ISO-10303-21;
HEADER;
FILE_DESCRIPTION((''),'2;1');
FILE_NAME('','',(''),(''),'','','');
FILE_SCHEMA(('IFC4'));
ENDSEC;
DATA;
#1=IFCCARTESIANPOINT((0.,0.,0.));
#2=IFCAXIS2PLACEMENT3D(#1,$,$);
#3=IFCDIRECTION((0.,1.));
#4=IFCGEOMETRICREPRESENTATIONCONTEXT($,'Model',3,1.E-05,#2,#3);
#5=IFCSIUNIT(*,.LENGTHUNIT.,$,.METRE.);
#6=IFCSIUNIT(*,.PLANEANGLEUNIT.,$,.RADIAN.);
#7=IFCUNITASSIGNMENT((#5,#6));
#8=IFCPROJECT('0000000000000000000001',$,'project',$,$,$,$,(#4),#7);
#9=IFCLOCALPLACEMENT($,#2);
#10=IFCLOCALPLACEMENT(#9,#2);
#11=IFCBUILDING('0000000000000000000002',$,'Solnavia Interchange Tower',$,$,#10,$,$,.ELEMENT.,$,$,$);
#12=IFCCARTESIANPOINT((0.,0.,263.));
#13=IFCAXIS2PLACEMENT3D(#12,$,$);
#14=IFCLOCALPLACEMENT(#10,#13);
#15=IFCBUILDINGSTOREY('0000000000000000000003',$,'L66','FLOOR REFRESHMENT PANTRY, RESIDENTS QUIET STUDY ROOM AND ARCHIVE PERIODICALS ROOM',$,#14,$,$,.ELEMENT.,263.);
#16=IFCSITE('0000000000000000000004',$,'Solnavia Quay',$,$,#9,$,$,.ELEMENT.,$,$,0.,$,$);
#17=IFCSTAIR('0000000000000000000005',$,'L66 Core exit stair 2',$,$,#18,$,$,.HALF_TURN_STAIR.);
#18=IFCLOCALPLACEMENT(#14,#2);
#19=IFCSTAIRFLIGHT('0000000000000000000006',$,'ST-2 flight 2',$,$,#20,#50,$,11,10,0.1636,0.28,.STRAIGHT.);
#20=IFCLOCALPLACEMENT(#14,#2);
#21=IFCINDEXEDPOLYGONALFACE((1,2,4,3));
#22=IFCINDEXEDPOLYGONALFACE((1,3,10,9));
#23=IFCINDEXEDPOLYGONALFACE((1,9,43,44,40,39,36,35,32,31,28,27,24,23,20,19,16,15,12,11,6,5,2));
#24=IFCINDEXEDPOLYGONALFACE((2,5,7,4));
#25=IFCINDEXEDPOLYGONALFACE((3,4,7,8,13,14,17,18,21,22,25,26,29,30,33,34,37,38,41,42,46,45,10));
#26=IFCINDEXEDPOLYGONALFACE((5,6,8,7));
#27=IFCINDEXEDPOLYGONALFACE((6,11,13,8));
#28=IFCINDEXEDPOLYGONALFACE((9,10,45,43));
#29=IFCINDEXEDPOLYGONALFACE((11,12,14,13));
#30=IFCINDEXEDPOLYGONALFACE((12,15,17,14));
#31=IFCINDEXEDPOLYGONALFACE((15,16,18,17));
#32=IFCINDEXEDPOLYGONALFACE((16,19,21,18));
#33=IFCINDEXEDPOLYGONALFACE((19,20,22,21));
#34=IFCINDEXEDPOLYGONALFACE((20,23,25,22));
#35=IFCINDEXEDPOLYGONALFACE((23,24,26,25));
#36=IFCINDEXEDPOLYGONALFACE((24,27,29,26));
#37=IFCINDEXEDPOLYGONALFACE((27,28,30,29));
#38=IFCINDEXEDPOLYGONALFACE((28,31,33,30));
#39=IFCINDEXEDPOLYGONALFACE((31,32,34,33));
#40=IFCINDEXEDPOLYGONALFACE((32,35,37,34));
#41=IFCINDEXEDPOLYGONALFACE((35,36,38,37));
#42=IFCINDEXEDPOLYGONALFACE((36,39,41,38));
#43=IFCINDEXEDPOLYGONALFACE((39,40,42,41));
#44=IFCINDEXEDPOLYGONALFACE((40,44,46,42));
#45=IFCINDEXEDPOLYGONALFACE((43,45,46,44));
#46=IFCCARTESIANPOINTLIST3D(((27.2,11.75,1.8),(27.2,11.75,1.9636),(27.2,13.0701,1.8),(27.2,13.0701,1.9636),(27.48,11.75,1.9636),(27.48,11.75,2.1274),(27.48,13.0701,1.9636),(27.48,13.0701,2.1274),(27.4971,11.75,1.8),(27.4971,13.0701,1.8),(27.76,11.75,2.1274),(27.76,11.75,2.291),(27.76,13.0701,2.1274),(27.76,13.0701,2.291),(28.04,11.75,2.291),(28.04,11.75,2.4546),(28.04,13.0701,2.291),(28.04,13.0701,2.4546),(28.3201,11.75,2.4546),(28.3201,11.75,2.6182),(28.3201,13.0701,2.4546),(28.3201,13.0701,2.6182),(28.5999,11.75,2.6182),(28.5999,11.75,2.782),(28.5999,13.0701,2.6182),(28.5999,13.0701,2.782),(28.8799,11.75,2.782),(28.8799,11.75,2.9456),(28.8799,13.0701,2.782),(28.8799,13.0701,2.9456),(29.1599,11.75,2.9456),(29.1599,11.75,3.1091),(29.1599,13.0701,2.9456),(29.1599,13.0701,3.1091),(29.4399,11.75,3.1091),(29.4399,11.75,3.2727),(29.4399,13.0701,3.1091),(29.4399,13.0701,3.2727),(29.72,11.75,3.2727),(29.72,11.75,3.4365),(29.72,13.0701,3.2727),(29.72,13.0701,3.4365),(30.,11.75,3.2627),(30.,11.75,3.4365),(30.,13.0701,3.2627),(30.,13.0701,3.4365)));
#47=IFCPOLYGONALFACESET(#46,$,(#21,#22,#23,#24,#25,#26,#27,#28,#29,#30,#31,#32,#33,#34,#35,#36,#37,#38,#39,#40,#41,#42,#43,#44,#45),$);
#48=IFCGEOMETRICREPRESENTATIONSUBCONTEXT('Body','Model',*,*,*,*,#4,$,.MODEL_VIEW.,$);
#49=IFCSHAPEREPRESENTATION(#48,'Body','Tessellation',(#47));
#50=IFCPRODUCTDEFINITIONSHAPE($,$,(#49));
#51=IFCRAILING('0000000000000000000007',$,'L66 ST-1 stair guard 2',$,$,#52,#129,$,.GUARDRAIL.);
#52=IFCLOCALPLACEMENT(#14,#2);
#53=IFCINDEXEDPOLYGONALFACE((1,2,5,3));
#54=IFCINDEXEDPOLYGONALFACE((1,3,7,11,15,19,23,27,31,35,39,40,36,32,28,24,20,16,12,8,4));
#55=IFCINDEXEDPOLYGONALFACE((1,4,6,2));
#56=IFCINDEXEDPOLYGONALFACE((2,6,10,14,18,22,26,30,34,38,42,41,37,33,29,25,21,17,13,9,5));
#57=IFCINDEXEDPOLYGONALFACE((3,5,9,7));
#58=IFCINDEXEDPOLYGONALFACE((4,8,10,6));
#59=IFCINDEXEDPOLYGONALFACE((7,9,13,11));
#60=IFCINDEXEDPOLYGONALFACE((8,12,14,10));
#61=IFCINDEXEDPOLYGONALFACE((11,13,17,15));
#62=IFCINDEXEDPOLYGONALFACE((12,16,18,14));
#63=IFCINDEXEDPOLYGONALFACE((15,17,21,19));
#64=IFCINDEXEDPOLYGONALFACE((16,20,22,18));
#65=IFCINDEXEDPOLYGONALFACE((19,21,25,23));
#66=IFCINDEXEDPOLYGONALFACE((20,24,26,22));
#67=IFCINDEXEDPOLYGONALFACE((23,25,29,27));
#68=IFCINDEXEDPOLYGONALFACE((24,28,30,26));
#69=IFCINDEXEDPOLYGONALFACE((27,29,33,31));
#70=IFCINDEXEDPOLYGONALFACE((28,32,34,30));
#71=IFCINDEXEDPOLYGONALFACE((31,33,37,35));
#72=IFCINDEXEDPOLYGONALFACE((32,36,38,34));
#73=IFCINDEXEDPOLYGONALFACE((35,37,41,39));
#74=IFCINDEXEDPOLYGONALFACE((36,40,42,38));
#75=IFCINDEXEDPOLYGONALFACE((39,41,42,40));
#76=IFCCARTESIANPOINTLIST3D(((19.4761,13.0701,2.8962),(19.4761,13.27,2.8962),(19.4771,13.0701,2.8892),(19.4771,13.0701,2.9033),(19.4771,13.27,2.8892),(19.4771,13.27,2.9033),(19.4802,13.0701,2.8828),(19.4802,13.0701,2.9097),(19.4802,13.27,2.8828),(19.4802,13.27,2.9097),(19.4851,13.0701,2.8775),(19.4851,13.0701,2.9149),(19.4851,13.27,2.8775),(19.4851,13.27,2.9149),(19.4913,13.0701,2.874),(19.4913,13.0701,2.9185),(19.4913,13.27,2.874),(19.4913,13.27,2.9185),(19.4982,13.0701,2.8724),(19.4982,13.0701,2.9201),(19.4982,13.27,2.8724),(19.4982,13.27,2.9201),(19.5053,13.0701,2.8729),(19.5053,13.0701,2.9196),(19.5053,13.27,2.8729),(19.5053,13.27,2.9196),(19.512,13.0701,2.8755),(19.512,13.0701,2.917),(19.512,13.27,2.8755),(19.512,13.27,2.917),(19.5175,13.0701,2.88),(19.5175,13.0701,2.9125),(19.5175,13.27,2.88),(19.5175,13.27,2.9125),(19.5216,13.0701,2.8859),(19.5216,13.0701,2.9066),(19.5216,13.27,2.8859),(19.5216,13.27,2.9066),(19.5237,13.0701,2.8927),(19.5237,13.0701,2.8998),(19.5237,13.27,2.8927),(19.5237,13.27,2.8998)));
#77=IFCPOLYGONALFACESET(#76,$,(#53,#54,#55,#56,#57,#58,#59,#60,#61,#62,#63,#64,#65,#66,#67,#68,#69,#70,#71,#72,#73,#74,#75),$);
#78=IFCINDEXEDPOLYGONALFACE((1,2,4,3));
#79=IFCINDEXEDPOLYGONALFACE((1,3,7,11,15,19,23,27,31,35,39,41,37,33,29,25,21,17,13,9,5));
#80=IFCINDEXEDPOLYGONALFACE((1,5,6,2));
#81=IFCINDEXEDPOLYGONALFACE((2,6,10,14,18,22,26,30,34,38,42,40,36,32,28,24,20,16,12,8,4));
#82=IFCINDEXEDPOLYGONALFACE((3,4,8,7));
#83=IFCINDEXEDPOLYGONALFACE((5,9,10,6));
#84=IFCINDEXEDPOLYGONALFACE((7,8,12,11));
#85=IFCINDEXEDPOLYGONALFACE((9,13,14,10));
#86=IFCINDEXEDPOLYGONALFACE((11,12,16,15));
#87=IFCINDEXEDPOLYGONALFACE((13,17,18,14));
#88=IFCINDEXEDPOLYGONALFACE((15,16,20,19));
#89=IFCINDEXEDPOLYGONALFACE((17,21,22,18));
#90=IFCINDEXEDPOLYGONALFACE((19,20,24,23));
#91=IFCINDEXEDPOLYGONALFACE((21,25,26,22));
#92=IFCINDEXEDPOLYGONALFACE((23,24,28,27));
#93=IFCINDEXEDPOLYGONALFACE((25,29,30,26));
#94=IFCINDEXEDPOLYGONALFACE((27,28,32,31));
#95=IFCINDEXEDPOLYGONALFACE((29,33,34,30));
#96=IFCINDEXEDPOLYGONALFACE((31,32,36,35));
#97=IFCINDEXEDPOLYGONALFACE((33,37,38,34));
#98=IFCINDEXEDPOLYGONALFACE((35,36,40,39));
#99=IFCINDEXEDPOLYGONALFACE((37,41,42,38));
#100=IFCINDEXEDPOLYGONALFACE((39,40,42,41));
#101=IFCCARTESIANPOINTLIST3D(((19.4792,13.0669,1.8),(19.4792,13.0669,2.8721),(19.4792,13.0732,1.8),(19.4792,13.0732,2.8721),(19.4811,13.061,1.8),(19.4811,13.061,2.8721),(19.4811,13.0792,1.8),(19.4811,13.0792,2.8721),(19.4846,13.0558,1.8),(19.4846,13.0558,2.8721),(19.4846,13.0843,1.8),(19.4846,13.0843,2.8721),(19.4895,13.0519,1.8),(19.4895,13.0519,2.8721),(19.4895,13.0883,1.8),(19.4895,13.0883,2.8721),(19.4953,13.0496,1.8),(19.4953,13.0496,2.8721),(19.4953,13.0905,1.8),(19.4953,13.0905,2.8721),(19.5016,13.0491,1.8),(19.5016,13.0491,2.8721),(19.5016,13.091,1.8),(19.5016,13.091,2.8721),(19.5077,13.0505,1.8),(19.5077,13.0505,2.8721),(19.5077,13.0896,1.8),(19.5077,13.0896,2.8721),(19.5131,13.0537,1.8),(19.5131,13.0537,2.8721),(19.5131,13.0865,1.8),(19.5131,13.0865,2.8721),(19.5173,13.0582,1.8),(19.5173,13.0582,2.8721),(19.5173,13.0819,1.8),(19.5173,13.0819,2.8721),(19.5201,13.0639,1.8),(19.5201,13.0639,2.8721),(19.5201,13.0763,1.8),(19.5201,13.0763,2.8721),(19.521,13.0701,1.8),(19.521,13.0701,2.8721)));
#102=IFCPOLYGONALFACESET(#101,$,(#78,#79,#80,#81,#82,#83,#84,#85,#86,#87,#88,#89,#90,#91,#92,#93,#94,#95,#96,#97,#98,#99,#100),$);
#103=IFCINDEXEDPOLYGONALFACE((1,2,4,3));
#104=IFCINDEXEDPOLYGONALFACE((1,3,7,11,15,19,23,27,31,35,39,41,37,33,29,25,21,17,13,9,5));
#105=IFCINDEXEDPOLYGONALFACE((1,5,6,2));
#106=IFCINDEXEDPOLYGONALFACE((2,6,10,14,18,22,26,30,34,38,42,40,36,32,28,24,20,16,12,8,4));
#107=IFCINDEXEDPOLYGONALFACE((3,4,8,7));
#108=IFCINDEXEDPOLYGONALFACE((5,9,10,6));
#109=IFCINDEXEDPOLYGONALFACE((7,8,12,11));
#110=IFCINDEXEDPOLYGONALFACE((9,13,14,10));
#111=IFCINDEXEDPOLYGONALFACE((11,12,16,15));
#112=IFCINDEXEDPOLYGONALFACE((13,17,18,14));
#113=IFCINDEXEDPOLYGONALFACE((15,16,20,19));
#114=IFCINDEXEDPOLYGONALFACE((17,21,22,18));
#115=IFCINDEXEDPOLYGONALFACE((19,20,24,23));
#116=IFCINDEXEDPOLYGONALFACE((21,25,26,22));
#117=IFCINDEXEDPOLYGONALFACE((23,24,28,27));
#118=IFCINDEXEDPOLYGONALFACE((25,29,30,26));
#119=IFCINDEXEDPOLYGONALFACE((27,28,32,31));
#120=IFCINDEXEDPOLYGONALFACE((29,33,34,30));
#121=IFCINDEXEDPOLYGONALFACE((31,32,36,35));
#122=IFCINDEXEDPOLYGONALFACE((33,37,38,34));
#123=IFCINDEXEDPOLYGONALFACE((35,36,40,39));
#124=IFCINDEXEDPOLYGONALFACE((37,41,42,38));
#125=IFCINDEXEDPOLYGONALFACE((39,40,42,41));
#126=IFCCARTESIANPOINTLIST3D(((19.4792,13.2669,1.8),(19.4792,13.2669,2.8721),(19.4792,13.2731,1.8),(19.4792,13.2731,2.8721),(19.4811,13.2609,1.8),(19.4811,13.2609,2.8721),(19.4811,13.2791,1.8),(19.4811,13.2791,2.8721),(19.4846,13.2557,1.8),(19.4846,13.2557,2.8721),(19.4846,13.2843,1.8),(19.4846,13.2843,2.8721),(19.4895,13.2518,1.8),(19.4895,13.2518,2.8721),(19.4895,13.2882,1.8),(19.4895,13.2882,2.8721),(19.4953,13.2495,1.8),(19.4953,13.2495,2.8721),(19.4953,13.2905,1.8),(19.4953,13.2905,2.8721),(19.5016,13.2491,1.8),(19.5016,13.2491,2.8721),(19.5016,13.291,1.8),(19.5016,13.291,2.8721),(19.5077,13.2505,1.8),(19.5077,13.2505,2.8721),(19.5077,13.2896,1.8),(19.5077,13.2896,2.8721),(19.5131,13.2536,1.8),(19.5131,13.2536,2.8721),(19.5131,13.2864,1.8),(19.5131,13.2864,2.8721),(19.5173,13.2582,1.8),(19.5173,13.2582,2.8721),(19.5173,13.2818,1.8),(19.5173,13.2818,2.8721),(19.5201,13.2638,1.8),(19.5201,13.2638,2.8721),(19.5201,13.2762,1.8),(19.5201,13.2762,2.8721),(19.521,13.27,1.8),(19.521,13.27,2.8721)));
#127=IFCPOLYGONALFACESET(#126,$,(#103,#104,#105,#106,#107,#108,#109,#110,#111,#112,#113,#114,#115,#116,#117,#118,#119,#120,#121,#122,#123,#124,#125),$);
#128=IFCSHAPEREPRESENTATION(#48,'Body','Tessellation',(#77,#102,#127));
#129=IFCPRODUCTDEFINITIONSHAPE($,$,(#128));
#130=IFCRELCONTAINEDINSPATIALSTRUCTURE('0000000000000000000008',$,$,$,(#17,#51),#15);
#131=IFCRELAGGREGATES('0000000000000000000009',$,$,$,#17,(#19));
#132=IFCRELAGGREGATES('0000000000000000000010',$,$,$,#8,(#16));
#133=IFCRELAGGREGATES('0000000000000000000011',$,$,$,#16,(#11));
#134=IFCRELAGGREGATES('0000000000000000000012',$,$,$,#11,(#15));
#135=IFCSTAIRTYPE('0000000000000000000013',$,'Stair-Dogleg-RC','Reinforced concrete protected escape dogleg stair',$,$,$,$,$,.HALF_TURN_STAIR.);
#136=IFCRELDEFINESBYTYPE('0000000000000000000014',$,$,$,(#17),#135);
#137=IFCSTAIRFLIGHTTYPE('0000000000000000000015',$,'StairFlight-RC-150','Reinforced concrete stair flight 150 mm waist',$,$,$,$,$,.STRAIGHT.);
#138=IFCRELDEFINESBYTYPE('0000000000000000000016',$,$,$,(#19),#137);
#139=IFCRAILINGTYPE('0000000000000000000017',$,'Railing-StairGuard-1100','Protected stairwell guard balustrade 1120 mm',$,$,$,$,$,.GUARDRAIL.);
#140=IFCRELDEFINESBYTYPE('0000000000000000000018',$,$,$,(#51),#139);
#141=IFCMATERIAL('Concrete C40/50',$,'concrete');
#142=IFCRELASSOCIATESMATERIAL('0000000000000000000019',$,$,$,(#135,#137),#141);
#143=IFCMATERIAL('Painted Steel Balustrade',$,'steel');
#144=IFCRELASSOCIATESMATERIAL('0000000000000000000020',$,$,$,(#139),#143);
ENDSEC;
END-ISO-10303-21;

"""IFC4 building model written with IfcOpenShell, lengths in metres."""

from ifc_helpers import new_model, si_unit, direction, frame, origin, origin_2d, place, context, subcontext, project, spatial, polyline, circle, outline, extrude, material, type_object, element, aggregate, save


model = new_model("IFC4")

# Units and contexts
model_context = context("Model", 3, precision=1e-05, world=origin(), true_north=direction((0.0, 1.0)))
body_context = subcontext(model_context, "Body", "Model", "MODEL_VIEW")
ifc_project = project(units=[si_unit("LENGTHUNIT", "METRE"), si_unit("PLANEANGLEUNIT", "RADIAN")], contexts=[model_context])

# Site, building, storey
site_placement = place(None, origin())
site = spatial("IfcSite", under=ifc_project, at=site_placement, Name="Solnavia Quay", CompositionType="ELEMENT", RefElevation=0.0)
building_placement = place(site_placement, origin())
building = spatial("IfcBuilding", under=site, at=building_placement, Name="Solnavia Interchange Tower", CompositionType="ELEMENT")
storey_placement = place(building_placement, frame((0.0, 0.0, 263.0)))
storey = spatial("IfcBuildingStorey", under=building, at=storey_placement, Name="L66", Description="FLOOR REFRESHMENT PANTRY, RESIDENTS QUIET STUDY ROOM AND ARCHIVE PERIODICALS ROOM", CompositionType="ELEMENT", Elevation=263.0)

# Shared definitions
ifc_material_1 = material(Name="Concrete C40/50", Category="concrete")

# Stair, stair flight
stair_type = type_object("IfcStairType", Name="Stair-Dogleg-RC", Description="Reinforced concrete protected escape dogleg stair", PredefinedType="HALF_TURN_STAIR", material=ifc_material_1)
stair_flight_type = type_object("IfcStairFlightType", Name="StairFlight-RC-150", Description="Reinforced concrete stair flight 150 mm waist", PredefinedType="STRAIGHT", material=ifc_material_1)
stair_1_placement = place(storey_placement, origin())
stair_1 = element("IfcStair", 1, at=stair_1_placement, inside=storey, type_object=stair_type, Name="L66 Core exit stair 2", PredefinedType="HALF_TURN_STAIR")
stair_flight_1_placement = place(storey_placement, frame((27.2, 12.4099, 1.8), z_axis=(0.0, 0.0, 1.0), x_axis=(1.0, 0.0, 0.0)))
stair_flight_1 = element("IfcStairFlight", 2, at=stair_flight_1_placement, type_object=stair_flight_type, Name="ST-2 flight 2", NumberOfRisers=11, NumberOfTreads=10, PredefinedType="STRAIGHT", RiserHeight=0.1636, TreadLength=0.28, context=body_context, shape_type="SweptSolid", body=[
    extrude(outline(polyline([(0.0, 0.0), (0.0, 0.1636), (0.28, 0.1636), (0.28, 0.3274), (0.5601, 0.3274), (0.5601, 0.491), (0.8401, 0.491), (0.8401, 0.6545), (1.1201, 0.6545), (1.1201, 0.8181), (1.3999, 0.8181), (1.3999, 0.9819), (1.6799, 0.9819), (1.6799, 1.1455), (1.96, 1.1455), (1.96, 1.3091), (2.24, 1.3091), (2.24, 1.4727), (2.52, 1.4727), (2.52, 1.6365), (2.8, 1.6365), (2.8, 1.8), (2.8, 1.4626), (0.2971, 0.0), (0.0, 0.0)])), frame((0.0, 0.6602, 0.0), z_axis=(0.0, -1.0, 0.0), x_axis=(1.0, 0.0, 0.0)), (0.0, 0.0, 1.0), 1.3201),
])
aggregate(stair_1, [stair_flight_1])

# Railing
ifc_material_2 = material(Name="Painted Steel Balustrade", Category="steel")
railing_type_1 = type_object("IfcRailingType", Name="Railing-StairGuard-1100", Description="Protected stairwell guard balustrade 1120 mm", PredefinedType="GUARDRAIL", material=ifc_material_2)
railing_1_placement = place(storey_placement, frame((19.5, 13.0701, 1.8)))
element("IfcRailing", 3, at=railing_1_placement, inside=storey, type_object=railing_type_1, Name="L66 ST-1 stair guard 2", PredefinedType="GUARDRAIL", context=body_context, shape_type="SweptSolid", body=[
    extrude(circle(Radius=0.0239, at=origin_2d()), frame((0.0, 0.0, 1.0962), z_axis=(0.0, 1.0, 0.0), x_axis=(-1.0, 0.0, 0.0)), (0.0, 0.0, 1.0), 0.2),
    extrude(circle(Radius=0.021, at=origin_2d()), origin(), (0.0, 0.0, 1.0), 1.072),
    extrude(circle(Radius=0.021, at=origin_2d()), frame((0.0, 0.2, 0.0)), (0.0, 0.0, 1.0), 1.072),
])

save(model, "model.ifc")
